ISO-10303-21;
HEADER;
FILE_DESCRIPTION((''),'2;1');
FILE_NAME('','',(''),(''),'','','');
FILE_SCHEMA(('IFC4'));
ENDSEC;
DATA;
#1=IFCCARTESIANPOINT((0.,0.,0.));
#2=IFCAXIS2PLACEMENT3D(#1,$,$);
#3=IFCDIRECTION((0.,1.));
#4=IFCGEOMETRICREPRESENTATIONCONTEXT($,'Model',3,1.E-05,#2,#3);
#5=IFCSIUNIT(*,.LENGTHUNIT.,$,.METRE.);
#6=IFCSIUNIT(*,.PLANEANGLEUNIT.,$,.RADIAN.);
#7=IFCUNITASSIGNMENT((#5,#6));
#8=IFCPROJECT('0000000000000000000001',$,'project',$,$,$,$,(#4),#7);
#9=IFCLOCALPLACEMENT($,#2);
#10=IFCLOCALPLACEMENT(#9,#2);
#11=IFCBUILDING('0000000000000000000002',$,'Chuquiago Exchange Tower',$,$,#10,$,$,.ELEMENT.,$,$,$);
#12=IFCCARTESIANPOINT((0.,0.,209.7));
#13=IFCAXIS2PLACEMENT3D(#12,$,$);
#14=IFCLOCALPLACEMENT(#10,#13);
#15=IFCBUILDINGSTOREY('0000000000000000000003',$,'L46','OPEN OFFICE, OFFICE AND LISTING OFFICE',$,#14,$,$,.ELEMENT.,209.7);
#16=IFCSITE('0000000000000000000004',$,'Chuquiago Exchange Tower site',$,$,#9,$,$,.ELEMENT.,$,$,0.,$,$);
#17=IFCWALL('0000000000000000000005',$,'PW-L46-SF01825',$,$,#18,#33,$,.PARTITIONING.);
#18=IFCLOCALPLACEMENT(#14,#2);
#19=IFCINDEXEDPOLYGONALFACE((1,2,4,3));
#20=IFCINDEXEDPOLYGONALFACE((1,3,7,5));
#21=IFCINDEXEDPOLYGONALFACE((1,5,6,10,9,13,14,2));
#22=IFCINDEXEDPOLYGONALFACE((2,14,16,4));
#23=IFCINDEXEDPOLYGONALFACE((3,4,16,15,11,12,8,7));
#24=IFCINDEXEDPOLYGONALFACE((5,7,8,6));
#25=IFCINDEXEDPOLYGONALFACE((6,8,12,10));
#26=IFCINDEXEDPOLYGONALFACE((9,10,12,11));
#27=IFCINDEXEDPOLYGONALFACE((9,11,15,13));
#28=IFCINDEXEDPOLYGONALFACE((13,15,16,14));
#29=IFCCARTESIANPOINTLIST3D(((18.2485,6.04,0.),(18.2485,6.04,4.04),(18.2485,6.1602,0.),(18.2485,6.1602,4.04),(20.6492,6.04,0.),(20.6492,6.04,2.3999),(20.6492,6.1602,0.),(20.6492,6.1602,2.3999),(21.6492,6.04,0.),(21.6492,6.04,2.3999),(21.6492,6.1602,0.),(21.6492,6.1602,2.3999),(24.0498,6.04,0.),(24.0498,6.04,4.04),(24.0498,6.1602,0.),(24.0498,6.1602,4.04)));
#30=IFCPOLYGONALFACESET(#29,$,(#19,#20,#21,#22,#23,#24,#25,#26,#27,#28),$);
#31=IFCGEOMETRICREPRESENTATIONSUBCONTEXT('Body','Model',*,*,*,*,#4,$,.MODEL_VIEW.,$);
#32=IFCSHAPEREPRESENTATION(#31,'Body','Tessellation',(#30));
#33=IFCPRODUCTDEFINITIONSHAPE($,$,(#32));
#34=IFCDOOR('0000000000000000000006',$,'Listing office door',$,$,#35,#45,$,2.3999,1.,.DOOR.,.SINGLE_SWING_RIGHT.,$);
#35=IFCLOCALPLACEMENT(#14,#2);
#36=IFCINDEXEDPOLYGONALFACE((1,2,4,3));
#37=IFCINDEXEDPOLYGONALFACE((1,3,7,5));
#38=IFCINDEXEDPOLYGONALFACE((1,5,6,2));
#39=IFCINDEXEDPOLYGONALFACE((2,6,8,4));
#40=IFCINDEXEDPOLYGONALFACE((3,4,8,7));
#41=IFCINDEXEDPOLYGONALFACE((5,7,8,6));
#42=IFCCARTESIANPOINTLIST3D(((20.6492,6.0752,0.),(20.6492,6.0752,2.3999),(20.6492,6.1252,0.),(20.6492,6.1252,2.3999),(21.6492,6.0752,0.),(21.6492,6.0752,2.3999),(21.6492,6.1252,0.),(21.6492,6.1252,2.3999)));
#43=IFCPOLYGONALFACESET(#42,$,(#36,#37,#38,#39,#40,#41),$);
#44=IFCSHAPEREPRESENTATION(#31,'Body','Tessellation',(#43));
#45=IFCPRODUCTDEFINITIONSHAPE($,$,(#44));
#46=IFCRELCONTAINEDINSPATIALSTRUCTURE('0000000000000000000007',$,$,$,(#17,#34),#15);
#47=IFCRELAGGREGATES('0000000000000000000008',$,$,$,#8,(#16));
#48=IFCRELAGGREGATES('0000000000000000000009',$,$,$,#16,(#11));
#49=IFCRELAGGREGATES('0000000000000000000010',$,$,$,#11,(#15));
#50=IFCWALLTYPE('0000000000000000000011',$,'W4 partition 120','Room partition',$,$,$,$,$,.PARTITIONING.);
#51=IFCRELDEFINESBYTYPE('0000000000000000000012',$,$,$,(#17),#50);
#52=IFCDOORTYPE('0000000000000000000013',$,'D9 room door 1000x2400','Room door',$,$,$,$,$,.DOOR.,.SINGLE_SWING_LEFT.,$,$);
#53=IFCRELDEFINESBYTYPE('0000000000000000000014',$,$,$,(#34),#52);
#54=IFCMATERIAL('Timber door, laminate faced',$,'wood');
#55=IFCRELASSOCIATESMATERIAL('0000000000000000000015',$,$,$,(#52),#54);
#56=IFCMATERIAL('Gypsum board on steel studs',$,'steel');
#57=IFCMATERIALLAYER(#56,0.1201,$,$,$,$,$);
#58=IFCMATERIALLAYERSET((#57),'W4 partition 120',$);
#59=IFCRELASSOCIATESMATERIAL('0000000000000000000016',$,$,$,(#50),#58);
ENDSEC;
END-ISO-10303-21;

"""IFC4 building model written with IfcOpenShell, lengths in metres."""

from ifc_helpers import new_model, si_unit, direction, frame, frame_2d, origin, place, context, subcontext, project, spatial, rectangle, extrude, material, layer, layer_set, type_object, element, fill, save


model = new_model("IFC4")

# Units and contexts
model_context = context("Model", 3, precision=1e-05, world=origin(), true_north=direction((0.0, 1.0)))
body_context = subcontext(model_context, "Body", "Model", "MODEL_VIEW")
ifc_project = project(units=[si_unit("LENGTHUNIT", "METRE"), si_unit("PLANEANGLEUNIT", "RADIAN")], contexts=[model_context])

# Site, building, storey
site_placement = place(None, origin())
site = spatial("IfcSite", under=ifc_project, at=site_placement, Name="Chuquiago Exchange Tower site", CompositionType="ELEMENT", RefElevation=0.0)
building_placement = place(site_placement, origin())
building = spatial("IfcBuilding", under=site, at=building_placement, Name="Chuquiago Exchange Tower", CompositionType="ELEMENT")
storey_placement = place(building_placement, frame((0.0, 0.0, 209.7)))
storey = spatial("IfcBuildingStorey", under=building, at=storey_placement, Name="L46", Description="OPEN OFFICE, OFFICE AND LISTING OFFICE", CompositionType="ELEMENT", Elevation=209.7)

# Shared definitions
ifc_material_1 = material(Name="Timber door, laminate faced", Category="wood")
door_type = type_object("IfcDoorType", Name="D9 room door 1000x2400", Description="Room door", OperationType="SINGLE_SWING_LEFT", PredefinedType="DOOR", material=ifc_material_1)

# Shared definitions
ifc_material_2 = material(Name="Gypsum board on steel studs", Category="steel")
ifc_layer_1 = layer(ifc_material_2, 0.1201)
ifc_layer_set_1 = layer_set([ifc_layer_1], Name="W4 partition 120")
wall_type_1 = type_object("IfcWallType", Name="W4 partition 120", Description="Room partition", PredefinedType="PARTITIONING", material=ifc_layer_set_1)

# Wall, opening, door
wall_1_placement = place(storey_placement, frame((18.2485, 6.1001, 0.0), z_axis=(0.0, 0.0, 1.0), x_axis=(1.0, 0.0, 0.0)))
wall_1 = element("IfcWall", 1, at=wall_1_placement, inside=storey, type_object=wall_type_1, Name="PW-L46-SF01825", PredefinedType="PARTITIONING", context=body_context, shape_type="SweptSolid", body=[
    extrude(rectangle(XDim=5.8013, YDim=0.1201, at=frame_2d((2.9006, 0.0))), origin(), (0.0, 0.0, 1.0), 4.04),
])
opening_1_placement = place(wall_1_placement, frame((2.4006, 0.0, 0.0)))
opening_1 = element("IfcOpeningElement", 2, at=opening_1_placement, cuts=wall_1, PredefinedType="OPENING", context=body_context, shape_type="SweptSolid", body=[
    extrude(rectangle(XDim=1.0, YDim=2.3999, at=frame_2d((0.5, 1.2))), frame((0.0, 0.0701, 0.0), z_axis=(0.0, -1.0, 0.0), x_axis=(1.0, 0.0, 0.0)), (0.0, 0.0, 1.0), 0.1401),
])
door_1_placement = place(opening_1_placement, frame((1.0, 0.0, 0.0), z_axis=(0.0, 0.0, 1.0), x_axis=(-1.0, 0.0, 0.0)))
door_1 = element("IfcDoor", 3, at=door_1_placement, inside=storey, type_object=door_type, Name="Listing office door", OperationType="SINGLE_SWING_RIGHT", OverallHeight=2.3999, OverallWidth=1.0, PredefinedType="DOOR", context=body_context, shape_type="SweptSolid", body=[
    extrude(rectangle(XDim=1.0, YDim=2.3999, at=frame_2d((0.5, 1.2))), frame((0.0, 0.0249, 0.0), z_axis=(0.0, -1.0, 0.0), x_axis=(1.0, 0.0, 0.0)), (0.0, 0.0, 1.0), 0.05),
])
fill(opening_1, door_1)

save(model, "model.ifc")
